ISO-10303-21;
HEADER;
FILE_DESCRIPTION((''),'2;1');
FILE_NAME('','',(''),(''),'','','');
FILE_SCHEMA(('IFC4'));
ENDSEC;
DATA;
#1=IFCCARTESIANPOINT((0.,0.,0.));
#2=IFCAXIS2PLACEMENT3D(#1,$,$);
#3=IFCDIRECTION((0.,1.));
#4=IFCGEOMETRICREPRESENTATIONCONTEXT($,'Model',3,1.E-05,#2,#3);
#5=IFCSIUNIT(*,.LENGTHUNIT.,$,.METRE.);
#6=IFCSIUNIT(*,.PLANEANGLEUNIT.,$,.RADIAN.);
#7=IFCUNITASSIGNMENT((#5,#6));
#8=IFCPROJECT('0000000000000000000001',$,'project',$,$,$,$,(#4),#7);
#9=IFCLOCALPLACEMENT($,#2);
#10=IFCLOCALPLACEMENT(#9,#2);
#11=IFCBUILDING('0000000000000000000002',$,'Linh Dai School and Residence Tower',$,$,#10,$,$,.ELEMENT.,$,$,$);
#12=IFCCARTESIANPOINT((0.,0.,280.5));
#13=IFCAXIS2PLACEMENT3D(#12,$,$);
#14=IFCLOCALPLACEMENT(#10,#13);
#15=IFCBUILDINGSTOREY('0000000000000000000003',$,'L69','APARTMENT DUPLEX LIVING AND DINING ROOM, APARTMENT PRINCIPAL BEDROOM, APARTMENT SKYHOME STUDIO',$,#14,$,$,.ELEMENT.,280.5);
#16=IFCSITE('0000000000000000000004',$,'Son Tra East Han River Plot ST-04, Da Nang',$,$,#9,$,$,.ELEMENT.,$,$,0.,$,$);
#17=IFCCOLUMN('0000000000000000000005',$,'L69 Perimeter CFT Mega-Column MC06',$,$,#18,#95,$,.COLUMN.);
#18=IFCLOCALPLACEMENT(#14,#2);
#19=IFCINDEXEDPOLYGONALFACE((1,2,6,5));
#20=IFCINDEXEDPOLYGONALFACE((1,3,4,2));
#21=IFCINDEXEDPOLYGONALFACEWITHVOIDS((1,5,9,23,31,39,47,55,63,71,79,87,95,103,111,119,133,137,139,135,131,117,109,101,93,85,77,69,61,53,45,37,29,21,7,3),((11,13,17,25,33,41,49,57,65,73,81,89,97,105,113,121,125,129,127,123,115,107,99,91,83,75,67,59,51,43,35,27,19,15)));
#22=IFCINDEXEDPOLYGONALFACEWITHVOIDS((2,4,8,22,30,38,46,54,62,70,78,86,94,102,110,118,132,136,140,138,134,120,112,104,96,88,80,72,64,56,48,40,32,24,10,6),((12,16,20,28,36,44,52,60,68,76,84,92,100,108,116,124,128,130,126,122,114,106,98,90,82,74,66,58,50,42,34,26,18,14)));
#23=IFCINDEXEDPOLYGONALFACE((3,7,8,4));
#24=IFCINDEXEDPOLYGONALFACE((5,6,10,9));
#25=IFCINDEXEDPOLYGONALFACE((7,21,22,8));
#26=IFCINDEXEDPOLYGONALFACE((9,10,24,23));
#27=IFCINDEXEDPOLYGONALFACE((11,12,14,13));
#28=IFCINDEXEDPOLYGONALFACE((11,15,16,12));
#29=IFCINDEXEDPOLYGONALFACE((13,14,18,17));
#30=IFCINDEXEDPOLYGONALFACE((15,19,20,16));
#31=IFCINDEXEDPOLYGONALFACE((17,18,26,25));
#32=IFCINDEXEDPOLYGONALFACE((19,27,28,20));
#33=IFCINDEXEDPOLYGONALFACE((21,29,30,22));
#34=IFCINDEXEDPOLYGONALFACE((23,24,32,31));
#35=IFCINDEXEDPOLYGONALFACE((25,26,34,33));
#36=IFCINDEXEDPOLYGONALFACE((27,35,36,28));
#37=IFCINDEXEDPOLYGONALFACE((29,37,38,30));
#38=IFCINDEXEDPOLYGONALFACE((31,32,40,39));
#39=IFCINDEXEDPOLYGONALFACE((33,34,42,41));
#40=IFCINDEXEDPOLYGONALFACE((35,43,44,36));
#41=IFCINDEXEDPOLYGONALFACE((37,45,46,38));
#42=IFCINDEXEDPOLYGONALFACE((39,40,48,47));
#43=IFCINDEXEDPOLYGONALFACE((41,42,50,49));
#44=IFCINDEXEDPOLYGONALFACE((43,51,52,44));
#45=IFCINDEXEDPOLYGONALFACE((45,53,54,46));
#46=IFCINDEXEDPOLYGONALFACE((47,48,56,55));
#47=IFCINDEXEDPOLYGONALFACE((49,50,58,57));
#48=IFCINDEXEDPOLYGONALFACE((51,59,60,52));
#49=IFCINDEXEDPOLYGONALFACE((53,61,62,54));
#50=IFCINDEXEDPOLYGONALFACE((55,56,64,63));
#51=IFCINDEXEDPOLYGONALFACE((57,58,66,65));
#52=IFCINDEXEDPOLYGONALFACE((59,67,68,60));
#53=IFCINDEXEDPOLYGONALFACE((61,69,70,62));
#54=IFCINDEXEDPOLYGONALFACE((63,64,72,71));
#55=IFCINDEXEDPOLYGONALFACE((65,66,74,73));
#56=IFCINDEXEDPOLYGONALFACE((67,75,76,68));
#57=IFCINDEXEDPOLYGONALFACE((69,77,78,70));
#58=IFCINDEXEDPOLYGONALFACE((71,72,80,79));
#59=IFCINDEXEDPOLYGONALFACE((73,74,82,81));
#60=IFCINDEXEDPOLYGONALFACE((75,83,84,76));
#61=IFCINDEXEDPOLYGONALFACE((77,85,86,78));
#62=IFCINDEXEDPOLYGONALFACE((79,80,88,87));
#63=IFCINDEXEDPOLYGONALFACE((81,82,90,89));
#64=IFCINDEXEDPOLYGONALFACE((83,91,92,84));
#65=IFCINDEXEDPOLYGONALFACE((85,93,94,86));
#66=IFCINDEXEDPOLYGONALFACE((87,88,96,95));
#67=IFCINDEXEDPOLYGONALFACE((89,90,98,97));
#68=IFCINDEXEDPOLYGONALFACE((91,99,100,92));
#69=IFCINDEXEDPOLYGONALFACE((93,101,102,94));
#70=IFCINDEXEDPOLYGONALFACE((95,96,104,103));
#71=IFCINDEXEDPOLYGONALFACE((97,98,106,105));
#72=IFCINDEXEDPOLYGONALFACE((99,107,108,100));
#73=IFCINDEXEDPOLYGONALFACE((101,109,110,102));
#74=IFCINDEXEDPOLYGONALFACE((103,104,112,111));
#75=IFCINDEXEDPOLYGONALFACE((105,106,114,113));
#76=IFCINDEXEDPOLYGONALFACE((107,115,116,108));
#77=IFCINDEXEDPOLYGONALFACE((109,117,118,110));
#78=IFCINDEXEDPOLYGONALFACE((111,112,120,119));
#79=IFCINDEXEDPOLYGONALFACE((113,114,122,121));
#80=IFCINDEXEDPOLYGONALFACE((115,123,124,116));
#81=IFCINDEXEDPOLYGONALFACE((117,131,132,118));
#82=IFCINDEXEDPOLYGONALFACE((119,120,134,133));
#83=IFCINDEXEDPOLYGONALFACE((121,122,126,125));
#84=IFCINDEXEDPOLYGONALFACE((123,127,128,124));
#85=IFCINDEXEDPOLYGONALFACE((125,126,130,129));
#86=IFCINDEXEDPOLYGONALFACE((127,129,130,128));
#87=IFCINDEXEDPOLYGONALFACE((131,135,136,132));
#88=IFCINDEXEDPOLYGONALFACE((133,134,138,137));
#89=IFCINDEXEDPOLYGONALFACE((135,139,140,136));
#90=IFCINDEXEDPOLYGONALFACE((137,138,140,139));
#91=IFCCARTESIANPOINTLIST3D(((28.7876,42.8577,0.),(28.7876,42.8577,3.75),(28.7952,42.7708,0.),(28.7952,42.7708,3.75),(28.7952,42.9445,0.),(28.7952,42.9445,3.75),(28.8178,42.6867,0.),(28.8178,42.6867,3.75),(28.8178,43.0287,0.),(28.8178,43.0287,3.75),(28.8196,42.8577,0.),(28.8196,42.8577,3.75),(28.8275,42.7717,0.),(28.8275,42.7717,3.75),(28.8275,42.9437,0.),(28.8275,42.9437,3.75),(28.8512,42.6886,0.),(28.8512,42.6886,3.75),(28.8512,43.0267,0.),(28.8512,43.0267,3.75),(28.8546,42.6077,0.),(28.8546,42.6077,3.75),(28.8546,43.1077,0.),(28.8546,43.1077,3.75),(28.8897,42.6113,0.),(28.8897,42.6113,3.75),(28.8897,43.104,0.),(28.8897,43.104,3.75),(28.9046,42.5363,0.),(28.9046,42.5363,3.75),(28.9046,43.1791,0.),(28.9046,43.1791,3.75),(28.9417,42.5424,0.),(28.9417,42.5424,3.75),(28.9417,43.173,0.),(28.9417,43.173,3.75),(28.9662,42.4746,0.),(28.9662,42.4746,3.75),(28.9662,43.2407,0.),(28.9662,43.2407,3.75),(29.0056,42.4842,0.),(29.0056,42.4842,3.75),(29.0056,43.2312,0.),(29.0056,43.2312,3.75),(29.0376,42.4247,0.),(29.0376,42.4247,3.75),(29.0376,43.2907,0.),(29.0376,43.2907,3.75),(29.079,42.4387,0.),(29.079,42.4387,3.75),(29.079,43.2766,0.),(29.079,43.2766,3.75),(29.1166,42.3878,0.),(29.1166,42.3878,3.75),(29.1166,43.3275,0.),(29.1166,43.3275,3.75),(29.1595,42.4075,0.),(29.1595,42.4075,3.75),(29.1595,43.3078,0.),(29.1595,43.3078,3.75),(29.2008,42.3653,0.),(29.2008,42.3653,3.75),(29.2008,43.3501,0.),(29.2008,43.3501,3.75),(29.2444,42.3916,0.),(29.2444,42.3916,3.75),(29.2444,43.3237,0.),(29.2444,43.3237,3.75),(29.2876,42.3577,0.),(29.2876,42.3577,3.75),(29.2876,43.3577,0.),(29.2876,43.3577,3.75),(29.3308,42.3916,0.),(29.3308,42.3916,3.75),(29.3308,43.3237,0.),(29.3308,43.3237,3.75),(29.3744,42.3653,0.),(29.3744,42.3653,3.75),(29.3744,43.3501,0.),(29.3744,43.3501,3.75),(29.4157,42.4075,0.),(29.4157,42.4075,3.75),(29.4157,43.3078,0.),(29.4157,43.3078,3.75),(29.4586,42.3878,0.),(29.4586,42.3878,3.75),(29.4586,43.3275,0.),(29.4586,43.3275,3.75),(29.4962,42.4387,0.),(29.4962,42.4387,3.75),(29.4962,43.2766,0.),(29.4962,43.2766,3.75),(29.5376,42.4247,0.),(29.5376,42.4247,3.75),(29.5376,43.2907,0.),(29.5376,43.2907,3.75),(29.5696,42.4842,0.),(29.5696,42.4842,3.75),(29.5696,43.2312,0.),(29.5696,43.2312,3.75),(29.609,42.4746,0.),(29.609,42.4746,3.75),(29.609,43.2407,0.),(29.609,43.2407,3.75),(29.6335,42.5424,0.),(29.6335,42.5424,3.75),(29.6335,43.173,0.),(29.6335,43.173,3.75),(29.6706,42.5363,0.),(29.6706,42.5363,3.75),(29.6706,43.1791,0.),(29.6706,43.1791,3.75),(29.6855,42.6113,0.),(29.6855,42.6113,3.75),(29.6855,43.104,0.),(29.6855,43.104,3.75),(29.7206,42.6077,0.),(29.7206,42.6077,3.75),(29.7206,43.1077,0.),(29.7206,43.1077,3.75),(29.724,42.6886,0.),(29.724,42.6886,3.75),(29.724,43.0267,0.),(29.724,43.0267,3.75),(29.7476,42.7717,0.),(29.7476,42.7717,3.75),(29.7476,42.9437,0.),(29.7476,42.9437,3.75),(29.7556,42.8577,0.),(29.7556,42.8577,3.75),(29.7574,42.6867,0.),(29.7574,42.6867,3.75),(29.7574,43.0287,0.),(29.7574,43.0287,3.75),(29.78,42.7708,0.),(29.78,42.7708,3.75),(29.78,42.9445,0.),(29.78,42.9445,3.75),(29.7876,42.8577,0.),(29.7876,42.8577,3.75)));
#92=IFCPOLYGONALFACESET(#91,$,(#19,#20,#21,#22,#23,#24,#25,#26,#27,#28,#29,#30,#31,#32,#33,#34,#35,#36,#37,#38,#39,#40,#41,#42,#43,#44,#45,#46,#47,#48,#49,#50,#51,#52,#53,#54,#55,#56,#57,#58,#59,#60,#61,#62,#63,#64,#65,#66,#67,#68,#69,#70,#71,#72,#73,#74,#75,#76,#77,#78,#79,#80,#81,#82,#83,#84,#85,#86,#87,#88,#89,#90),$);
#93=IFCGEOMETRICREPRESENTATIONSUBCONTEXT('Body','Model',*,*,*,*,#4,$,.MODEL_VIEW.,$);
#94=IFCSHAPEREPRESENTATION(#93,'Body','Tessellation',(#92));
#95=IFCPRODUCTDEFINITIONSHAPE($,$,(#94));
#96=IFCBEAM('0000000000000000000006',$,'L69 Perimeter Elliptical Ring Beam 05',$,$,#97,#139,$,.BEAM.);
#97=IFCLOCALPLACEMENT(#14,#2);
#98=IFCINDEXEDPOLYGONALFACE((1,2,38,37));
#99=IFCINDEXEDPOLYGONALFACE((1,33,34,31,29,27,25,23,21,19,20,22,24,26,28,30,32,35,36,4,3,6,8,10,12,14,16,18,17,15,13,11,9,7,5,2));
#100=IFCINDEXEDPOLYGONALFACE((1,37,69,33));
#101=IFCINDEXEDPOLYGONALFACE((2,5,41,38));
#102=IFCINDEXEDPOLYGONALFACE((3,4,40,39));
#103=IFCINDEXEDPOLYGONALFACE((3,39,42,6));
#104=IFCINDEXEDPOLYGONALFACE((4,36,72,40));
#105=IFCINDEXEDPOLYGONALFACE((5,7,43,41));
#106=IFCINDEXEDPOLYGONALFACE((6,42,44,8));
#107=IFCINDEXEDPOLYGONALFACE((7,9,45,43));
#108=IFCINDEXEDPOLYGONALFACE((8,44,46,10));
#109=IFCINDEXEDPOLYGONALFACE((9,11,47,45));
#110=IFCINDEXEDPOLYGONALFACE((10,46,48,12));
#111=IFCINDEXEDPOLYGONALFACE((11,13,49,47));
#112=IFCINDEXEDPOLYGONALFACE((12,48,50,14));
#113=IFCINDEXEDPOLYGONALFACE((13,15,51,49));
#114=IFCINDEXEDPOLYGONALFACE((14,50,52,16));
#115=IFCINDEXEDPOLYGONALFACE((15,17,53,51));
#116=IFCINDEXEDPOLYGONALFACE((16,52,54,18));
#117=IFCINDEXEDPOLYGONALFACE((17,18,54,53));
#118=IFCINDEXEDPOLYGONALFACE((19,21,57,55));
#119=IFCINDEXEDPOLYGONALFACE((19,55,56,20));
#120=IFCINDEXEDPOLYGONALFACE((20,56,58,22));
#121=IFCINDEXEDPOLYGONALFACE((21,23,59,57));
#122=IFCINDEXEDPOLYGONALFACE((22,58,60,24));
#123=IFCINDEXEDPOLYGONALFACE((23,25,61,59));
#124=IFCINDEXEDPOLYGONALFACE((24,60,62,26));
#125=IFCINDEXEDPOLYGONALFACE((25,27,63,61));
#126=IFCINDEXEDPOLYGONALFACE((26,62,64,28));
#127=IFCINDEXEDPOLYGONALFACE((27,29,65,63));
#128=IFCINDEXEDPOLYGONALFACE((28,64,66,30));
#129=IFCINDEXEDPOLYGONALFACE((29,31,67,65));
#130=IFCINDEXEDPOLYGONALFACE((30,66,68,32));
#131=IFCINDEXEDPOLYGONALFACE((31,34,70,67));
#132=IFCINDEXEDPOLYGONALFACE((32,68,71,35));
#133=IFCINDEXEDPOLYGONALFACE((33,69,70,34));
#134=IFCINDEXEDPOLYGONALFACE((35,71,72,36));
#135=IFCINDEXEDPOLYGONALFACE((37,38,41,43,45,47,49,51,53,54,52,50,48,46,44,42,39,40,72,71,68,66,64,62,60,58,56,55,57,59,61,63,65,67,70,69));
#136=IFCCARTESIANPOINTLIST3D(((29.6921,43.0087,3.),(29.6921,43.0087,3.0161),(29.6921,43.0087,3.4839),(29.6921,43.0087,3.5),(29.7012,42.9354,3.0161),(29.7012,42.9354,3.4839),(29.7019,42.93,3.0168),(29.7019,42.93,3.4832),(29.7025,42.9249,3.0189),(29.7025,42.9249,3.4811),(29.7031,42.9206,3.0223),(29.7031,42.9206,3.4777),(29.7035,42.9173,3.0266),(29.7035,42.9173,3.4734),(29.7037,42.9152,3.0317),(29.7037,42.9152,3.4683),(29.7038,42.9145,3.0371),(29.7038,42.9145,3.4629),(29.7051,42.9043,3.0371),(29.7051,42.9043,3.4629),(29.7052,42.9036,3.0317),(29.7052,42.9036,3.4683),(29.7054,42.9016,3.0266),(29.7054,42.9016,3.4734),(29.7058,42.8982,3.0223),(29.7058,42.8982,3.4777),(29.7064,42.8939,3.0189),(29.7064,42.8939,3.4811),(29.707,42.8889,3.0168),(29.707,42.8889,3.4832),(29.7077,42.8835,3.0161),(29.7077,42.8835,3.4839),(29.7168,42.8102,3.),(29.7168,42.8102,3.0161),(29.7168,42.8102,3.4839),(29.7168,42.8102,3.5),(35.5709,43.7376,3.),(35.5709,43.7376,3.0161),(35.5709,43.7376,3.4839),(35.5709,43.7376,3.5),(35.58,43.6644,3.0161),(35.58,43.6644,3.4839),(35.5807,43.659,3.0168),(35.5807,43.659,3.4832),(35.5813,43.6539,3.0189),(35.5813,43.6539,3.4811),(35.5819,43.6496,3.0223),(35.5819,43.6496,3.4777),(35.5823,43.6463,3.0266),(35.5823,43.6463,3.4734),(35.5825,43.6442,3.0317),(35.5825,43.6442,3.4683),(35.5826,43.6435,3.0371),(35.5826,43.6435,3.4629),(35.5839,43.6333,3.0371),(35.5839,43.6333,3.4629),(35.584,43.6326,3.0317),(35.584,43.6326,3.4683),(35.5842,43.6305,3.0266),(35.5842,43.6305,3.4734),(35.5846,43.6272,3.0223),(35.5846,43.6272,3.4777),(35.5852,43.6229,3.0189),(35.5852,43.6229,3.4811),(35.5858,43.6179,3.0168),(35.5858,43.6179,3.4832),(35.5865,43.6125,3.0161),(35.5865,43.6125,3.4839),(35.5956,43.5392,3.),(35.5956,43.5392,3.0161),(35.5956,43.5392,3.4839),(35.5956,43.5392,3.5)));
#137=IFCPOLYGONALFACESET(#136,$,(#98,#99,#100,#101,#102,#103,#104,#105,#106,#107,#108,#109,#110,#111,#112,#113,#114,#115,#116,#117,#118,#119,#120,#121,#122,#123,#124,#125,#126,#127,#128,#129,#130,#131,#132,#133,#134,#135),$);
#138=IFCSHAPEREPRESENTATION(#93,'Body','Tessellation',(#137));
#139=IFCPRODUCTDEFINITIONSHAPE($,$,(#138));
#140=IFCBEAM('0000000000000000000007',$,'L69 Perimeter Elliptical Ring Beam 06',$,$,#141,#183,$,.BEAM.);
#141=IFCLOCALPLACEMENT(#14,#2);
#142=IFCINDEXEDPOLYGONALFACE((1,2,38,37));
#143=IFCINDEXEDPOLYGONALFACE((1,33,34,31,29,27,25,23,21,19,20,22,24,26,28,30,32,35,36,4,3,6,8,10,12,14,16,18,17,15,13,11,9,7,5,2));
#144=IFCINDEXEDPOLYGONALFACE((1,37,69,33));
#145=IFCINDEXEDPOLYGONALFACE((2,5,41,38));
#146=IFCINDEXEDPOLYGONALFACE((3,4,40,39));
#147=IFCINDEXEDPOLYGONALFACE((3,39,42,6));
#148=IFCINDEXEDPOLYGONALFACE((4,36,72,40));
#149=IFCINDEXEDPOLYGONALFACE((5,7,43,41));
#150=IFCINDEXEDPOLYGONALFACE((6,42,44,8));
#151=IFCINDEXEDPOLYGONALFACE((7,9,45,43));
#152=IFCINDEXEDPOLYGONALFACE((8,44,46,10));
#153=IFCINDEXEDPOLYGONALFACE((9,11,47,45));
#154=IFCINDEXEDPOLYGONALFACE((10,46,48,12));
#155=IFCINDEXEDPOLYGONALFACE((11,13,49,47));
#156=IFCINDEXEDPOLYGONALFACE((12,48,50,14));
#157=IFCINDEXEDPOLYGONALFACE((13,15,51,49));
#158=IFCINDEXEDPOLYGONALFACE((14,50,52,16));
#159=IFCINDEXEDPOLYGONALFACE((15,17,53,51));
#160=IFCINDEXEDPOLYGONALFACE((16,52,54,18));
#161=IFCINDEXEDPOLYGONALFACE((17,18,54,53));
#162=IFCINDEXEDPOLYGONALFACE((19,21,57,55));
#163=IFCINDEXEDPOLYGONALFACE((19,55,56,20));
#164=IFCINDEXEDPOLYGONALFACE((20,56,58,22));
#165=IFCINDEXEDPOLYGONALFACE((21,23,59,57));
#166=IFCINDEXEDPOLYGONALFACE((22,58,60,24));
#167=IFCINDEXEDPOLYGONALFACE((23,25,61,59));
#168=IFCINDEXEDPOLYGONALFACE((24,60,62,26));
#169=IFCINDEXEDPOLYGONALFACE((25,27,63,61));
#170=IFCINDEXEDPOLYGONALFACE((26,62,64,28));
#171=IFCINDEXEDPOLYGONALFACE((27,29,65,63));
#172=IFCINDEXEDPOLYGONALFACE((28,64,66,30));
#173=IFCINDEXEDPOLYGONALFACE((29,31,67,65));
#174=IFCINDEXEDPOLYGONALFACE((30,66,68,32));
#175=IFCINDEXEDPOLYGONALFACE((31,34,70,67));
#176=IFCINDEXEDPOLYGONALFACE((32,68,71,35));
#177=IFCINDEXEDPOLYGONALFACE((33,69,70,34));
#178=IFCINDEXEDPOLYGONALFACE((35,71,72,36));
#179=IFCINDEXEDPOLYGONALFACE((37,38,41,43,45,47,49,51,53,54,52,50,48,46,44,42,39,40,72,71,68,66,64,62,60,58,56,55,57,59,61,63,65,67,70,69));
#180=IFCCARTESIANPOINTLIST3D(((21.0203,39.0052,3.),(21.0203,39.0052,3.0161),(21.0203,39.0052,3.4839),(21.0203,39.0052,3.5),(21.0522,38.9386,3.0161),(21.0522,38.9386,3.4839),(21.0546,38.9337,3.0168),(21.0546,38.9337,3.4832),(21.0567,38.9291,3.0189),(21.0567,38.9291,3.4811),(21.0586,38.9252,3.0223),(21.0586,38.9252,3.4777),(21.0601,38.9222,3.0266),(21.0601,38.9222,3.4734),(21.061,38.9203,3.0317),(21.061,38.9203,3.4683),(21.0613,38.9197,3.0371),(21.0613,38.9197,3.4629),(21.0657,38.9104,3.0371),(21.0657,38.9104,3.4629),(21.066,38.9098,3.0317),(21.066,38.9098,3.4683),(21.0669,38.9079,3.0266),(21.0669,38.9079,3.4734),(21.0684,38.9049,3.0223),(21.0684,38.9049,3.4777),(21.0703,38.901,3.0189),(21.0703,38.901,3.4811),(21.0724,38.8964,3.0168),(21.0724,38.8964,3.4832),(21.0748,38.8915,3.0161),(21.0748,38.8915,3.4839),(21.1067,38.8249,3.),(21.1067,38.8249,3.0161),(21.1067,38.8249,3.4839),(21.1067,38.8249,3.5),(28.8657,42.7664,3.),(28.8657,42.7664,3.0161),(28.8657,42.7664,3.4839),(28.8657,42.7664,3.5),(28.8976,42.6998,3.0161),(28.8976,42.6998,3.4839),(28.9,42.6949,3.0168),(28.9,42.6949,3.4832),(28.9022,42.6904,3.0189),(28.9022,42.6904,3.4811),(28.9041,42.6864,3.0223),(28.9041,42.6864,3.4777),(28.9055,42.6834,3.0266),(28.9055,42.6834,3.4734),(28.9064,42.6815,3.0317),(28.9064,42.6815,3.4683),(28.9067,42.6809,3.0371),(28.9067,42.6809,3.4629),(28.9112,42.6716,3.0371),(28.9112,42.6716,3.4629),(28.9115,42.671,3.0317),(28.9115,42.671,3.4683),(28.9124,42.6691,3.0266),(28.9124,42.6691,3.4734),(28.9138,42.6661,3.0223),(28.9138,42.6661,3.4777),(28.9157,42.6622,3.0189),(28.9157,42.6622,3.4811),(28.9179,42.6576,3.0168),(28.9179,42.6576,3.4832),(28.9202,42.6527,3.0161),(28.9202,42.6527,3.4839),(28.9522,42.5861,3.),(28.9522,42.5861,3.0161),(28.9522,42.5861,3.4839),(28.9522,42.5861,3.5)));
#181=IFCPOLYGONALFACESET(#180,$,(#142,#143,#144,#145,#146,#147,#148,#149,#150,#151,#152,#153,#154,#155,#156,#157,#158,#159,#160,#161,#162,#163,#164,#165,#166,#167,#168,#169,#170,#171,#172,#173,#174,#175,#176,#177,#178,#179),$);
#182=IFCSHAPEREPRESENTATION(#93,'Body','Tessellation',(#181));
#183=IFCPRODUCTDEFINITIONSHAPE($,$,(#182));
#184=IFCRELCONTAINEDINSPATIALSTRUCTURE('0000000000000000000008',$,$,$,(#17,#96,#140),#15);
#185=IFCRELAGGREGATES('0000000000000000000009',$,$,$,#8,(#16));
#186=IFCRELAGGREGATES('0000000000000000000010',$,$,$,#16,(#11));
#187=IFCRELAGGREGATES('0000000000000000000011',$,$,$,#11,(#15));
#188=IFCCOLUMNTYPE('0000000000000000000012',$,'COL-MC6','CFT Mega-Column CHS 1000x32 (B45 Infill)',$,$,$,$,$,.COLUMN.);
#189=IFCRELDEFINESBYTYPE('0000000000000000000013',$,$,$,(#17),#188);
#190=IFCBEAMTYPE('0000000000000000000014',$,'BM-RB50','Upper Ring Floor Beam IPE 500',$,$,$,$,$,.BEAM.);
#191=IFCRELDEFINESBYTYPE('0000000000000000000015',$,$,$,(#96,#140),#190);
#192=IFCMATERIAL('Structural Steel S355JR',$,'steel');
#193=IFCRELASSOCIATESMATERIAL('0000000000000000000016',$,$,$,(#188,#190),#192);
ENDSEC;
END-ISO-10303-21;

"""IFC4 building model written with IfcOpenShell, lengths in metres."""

from ifc_helpers import new_model, si_unit, direction, frame, origin, origin_2d, place, context, subcontext, project, spatial, hollow_circle, i_section, extrude, material, material_profile, profile_set, type_object, element, save


model = new_model("IFC4")

# Units and contexts
model_context = context("Model", 3, precision=1e-05, world=origin(), true_north=direction((0.0, 1.0)))
body_context = subcontext(model_context, "Body", "Model", "MODEL_VIEW")
ifc_project = project(units=[si_unit("LENGTHUNIT", "METRE"), si_unit("PLANEANGLEUNIT", "RADIAN")], contexts=[model_context])

# Site, building, storey
site_placement = place(None, origin())
site = spatial("IfcSite", under=ifc_project, at=site_placement, Name="Son Tra East Han River Plot ST-04, Da Nang", CompositionType="ELEMENT", RefElevation=0.0)
building_placement = place(site_placement, origin())
building = spatial("IfcBuilding", under=site, at=building_placement, Name="Linh Dai School and Residence Tower", CompositionType="ELEMENT")
storey_placement = place(building_placement, frame((0.0, 0.0, 280.5)))
storey = spatial("IfcBuildingStorey", under=building, at=storey_placement, Name="L69", Description="APARTMENT DUPLEX LIVING AND DINING ROOM, APARTMENT PRINCIPAL BEDROOM, APARTMENT SKYHOME STUDIO", CompositionType="ELEMENT", Elevation=280.5)

# Column
ifc_material_1 = material(Name="Structural Steel S355JR", Category="steel")
ifc_material_profile_1 = material_profile(ifc_material_1, hollow_circle(Radius=0.5, WallThickness=0.032, at=origin_2d()), Name="CHS 1000x32")
ifc_profile_set_1 = profile_set([ifc_material_profile_1], Name="Structural Steel S355JR")
column_type = type_object("IfcColumnType", Name="COL-MC6", Description="CFT Mega-Column CHS 1000x32 (B45 Infill)", PredefinedType="COLUMN", material=ifc_profile_set_1)
column_placement = place(storey_placement, frame((29.2876, 42.8577, 0.0), z_axis=(0.0, 0.0, 1.0), x_axis=(1.0, 0.0, 0.0)))
element("IfcColumn", 1, at=column_placement, inside=storey, type_object=column_type, Name="L69 Perimeter CFT Mega-Column MC06", PredefinedType="COLUMN", context=body_context, shape_type="SweptSolid", body=[
    extrude(hollow_circle(Radius=0.5, WallThickness=0.032, at=origin_2d()), origin(), (0.0, 0.0, 1.0), 3.75),
])

# Beams
ifc_material_profile_2 = material_profile(ifc_material_1, i_section(OverallWidth=0.2, OverallDepth=0.5, WebThickness=0.0103, FlangeThickness=0.0161, FilletRadius=0.021, at=origin_2d()), Name="IPE 500")
ifc_profile_set_2 = profile_set([ifc_material_profile_2], Name="Structural Steel S355JR")
beam_type_1 = type_object("IfcBeamType", Name="BM-RB50", Description="Upper Ring Floor Beam IPE 500", PredefinedType="BEAM", material=ifc_profile_set_2)
beam_1_placement = place(storey_placement, frame((35.5833, 43.6384, 3.25), z_axis=(-0.992399, -0.123061, 0.0), x_axis=(0.123061, -0.992399, 0.0)))
element("IfcBeam", 2, at=beam_1_placement, inside=storey, type_object=beam_type_1, Name="L69 Perimeter Elliptical Ring Beam 05", PredefinedType="BEAM", context=body_context, shape_type="SweptSolid", body=[
    extrude(i_section(OverallWidth=0.2, OverallDepth=0.5, WebThickness=0.0103, FlangeThickness=0.0161, FilletRadius=0.021, at=origin_2d()), origin(), (0.0, 0.0, 1.0), 5.9238),
])
beam_2_placement = place(storey_placement, frame((28.9089, 42.6763, 3.25), z_axis=(-0.901729, -0.432302, 0.0), x_axis=(0.432302, -0.901729, 0.0)))
element("IfcBeam", 3, at=beam_2_placement, inside=storey, type_object=beam_type_1, Name="L69 Perimeter Elliptical Ring Beam 06", PredefinedType="BEAM", context=body_context, shape_type="SweptSolid", body=[
    extrude(i_section(OverallWidth=0.2, OverallDepth=0.5, WebThickness=0.0103, FlangeThickness=0.0161, FilletRadius=0.021, at=origin_2d()), origin(), (0.0, 0.0, 1.0), 8.7004),
])

save(model, "model.ifc")
